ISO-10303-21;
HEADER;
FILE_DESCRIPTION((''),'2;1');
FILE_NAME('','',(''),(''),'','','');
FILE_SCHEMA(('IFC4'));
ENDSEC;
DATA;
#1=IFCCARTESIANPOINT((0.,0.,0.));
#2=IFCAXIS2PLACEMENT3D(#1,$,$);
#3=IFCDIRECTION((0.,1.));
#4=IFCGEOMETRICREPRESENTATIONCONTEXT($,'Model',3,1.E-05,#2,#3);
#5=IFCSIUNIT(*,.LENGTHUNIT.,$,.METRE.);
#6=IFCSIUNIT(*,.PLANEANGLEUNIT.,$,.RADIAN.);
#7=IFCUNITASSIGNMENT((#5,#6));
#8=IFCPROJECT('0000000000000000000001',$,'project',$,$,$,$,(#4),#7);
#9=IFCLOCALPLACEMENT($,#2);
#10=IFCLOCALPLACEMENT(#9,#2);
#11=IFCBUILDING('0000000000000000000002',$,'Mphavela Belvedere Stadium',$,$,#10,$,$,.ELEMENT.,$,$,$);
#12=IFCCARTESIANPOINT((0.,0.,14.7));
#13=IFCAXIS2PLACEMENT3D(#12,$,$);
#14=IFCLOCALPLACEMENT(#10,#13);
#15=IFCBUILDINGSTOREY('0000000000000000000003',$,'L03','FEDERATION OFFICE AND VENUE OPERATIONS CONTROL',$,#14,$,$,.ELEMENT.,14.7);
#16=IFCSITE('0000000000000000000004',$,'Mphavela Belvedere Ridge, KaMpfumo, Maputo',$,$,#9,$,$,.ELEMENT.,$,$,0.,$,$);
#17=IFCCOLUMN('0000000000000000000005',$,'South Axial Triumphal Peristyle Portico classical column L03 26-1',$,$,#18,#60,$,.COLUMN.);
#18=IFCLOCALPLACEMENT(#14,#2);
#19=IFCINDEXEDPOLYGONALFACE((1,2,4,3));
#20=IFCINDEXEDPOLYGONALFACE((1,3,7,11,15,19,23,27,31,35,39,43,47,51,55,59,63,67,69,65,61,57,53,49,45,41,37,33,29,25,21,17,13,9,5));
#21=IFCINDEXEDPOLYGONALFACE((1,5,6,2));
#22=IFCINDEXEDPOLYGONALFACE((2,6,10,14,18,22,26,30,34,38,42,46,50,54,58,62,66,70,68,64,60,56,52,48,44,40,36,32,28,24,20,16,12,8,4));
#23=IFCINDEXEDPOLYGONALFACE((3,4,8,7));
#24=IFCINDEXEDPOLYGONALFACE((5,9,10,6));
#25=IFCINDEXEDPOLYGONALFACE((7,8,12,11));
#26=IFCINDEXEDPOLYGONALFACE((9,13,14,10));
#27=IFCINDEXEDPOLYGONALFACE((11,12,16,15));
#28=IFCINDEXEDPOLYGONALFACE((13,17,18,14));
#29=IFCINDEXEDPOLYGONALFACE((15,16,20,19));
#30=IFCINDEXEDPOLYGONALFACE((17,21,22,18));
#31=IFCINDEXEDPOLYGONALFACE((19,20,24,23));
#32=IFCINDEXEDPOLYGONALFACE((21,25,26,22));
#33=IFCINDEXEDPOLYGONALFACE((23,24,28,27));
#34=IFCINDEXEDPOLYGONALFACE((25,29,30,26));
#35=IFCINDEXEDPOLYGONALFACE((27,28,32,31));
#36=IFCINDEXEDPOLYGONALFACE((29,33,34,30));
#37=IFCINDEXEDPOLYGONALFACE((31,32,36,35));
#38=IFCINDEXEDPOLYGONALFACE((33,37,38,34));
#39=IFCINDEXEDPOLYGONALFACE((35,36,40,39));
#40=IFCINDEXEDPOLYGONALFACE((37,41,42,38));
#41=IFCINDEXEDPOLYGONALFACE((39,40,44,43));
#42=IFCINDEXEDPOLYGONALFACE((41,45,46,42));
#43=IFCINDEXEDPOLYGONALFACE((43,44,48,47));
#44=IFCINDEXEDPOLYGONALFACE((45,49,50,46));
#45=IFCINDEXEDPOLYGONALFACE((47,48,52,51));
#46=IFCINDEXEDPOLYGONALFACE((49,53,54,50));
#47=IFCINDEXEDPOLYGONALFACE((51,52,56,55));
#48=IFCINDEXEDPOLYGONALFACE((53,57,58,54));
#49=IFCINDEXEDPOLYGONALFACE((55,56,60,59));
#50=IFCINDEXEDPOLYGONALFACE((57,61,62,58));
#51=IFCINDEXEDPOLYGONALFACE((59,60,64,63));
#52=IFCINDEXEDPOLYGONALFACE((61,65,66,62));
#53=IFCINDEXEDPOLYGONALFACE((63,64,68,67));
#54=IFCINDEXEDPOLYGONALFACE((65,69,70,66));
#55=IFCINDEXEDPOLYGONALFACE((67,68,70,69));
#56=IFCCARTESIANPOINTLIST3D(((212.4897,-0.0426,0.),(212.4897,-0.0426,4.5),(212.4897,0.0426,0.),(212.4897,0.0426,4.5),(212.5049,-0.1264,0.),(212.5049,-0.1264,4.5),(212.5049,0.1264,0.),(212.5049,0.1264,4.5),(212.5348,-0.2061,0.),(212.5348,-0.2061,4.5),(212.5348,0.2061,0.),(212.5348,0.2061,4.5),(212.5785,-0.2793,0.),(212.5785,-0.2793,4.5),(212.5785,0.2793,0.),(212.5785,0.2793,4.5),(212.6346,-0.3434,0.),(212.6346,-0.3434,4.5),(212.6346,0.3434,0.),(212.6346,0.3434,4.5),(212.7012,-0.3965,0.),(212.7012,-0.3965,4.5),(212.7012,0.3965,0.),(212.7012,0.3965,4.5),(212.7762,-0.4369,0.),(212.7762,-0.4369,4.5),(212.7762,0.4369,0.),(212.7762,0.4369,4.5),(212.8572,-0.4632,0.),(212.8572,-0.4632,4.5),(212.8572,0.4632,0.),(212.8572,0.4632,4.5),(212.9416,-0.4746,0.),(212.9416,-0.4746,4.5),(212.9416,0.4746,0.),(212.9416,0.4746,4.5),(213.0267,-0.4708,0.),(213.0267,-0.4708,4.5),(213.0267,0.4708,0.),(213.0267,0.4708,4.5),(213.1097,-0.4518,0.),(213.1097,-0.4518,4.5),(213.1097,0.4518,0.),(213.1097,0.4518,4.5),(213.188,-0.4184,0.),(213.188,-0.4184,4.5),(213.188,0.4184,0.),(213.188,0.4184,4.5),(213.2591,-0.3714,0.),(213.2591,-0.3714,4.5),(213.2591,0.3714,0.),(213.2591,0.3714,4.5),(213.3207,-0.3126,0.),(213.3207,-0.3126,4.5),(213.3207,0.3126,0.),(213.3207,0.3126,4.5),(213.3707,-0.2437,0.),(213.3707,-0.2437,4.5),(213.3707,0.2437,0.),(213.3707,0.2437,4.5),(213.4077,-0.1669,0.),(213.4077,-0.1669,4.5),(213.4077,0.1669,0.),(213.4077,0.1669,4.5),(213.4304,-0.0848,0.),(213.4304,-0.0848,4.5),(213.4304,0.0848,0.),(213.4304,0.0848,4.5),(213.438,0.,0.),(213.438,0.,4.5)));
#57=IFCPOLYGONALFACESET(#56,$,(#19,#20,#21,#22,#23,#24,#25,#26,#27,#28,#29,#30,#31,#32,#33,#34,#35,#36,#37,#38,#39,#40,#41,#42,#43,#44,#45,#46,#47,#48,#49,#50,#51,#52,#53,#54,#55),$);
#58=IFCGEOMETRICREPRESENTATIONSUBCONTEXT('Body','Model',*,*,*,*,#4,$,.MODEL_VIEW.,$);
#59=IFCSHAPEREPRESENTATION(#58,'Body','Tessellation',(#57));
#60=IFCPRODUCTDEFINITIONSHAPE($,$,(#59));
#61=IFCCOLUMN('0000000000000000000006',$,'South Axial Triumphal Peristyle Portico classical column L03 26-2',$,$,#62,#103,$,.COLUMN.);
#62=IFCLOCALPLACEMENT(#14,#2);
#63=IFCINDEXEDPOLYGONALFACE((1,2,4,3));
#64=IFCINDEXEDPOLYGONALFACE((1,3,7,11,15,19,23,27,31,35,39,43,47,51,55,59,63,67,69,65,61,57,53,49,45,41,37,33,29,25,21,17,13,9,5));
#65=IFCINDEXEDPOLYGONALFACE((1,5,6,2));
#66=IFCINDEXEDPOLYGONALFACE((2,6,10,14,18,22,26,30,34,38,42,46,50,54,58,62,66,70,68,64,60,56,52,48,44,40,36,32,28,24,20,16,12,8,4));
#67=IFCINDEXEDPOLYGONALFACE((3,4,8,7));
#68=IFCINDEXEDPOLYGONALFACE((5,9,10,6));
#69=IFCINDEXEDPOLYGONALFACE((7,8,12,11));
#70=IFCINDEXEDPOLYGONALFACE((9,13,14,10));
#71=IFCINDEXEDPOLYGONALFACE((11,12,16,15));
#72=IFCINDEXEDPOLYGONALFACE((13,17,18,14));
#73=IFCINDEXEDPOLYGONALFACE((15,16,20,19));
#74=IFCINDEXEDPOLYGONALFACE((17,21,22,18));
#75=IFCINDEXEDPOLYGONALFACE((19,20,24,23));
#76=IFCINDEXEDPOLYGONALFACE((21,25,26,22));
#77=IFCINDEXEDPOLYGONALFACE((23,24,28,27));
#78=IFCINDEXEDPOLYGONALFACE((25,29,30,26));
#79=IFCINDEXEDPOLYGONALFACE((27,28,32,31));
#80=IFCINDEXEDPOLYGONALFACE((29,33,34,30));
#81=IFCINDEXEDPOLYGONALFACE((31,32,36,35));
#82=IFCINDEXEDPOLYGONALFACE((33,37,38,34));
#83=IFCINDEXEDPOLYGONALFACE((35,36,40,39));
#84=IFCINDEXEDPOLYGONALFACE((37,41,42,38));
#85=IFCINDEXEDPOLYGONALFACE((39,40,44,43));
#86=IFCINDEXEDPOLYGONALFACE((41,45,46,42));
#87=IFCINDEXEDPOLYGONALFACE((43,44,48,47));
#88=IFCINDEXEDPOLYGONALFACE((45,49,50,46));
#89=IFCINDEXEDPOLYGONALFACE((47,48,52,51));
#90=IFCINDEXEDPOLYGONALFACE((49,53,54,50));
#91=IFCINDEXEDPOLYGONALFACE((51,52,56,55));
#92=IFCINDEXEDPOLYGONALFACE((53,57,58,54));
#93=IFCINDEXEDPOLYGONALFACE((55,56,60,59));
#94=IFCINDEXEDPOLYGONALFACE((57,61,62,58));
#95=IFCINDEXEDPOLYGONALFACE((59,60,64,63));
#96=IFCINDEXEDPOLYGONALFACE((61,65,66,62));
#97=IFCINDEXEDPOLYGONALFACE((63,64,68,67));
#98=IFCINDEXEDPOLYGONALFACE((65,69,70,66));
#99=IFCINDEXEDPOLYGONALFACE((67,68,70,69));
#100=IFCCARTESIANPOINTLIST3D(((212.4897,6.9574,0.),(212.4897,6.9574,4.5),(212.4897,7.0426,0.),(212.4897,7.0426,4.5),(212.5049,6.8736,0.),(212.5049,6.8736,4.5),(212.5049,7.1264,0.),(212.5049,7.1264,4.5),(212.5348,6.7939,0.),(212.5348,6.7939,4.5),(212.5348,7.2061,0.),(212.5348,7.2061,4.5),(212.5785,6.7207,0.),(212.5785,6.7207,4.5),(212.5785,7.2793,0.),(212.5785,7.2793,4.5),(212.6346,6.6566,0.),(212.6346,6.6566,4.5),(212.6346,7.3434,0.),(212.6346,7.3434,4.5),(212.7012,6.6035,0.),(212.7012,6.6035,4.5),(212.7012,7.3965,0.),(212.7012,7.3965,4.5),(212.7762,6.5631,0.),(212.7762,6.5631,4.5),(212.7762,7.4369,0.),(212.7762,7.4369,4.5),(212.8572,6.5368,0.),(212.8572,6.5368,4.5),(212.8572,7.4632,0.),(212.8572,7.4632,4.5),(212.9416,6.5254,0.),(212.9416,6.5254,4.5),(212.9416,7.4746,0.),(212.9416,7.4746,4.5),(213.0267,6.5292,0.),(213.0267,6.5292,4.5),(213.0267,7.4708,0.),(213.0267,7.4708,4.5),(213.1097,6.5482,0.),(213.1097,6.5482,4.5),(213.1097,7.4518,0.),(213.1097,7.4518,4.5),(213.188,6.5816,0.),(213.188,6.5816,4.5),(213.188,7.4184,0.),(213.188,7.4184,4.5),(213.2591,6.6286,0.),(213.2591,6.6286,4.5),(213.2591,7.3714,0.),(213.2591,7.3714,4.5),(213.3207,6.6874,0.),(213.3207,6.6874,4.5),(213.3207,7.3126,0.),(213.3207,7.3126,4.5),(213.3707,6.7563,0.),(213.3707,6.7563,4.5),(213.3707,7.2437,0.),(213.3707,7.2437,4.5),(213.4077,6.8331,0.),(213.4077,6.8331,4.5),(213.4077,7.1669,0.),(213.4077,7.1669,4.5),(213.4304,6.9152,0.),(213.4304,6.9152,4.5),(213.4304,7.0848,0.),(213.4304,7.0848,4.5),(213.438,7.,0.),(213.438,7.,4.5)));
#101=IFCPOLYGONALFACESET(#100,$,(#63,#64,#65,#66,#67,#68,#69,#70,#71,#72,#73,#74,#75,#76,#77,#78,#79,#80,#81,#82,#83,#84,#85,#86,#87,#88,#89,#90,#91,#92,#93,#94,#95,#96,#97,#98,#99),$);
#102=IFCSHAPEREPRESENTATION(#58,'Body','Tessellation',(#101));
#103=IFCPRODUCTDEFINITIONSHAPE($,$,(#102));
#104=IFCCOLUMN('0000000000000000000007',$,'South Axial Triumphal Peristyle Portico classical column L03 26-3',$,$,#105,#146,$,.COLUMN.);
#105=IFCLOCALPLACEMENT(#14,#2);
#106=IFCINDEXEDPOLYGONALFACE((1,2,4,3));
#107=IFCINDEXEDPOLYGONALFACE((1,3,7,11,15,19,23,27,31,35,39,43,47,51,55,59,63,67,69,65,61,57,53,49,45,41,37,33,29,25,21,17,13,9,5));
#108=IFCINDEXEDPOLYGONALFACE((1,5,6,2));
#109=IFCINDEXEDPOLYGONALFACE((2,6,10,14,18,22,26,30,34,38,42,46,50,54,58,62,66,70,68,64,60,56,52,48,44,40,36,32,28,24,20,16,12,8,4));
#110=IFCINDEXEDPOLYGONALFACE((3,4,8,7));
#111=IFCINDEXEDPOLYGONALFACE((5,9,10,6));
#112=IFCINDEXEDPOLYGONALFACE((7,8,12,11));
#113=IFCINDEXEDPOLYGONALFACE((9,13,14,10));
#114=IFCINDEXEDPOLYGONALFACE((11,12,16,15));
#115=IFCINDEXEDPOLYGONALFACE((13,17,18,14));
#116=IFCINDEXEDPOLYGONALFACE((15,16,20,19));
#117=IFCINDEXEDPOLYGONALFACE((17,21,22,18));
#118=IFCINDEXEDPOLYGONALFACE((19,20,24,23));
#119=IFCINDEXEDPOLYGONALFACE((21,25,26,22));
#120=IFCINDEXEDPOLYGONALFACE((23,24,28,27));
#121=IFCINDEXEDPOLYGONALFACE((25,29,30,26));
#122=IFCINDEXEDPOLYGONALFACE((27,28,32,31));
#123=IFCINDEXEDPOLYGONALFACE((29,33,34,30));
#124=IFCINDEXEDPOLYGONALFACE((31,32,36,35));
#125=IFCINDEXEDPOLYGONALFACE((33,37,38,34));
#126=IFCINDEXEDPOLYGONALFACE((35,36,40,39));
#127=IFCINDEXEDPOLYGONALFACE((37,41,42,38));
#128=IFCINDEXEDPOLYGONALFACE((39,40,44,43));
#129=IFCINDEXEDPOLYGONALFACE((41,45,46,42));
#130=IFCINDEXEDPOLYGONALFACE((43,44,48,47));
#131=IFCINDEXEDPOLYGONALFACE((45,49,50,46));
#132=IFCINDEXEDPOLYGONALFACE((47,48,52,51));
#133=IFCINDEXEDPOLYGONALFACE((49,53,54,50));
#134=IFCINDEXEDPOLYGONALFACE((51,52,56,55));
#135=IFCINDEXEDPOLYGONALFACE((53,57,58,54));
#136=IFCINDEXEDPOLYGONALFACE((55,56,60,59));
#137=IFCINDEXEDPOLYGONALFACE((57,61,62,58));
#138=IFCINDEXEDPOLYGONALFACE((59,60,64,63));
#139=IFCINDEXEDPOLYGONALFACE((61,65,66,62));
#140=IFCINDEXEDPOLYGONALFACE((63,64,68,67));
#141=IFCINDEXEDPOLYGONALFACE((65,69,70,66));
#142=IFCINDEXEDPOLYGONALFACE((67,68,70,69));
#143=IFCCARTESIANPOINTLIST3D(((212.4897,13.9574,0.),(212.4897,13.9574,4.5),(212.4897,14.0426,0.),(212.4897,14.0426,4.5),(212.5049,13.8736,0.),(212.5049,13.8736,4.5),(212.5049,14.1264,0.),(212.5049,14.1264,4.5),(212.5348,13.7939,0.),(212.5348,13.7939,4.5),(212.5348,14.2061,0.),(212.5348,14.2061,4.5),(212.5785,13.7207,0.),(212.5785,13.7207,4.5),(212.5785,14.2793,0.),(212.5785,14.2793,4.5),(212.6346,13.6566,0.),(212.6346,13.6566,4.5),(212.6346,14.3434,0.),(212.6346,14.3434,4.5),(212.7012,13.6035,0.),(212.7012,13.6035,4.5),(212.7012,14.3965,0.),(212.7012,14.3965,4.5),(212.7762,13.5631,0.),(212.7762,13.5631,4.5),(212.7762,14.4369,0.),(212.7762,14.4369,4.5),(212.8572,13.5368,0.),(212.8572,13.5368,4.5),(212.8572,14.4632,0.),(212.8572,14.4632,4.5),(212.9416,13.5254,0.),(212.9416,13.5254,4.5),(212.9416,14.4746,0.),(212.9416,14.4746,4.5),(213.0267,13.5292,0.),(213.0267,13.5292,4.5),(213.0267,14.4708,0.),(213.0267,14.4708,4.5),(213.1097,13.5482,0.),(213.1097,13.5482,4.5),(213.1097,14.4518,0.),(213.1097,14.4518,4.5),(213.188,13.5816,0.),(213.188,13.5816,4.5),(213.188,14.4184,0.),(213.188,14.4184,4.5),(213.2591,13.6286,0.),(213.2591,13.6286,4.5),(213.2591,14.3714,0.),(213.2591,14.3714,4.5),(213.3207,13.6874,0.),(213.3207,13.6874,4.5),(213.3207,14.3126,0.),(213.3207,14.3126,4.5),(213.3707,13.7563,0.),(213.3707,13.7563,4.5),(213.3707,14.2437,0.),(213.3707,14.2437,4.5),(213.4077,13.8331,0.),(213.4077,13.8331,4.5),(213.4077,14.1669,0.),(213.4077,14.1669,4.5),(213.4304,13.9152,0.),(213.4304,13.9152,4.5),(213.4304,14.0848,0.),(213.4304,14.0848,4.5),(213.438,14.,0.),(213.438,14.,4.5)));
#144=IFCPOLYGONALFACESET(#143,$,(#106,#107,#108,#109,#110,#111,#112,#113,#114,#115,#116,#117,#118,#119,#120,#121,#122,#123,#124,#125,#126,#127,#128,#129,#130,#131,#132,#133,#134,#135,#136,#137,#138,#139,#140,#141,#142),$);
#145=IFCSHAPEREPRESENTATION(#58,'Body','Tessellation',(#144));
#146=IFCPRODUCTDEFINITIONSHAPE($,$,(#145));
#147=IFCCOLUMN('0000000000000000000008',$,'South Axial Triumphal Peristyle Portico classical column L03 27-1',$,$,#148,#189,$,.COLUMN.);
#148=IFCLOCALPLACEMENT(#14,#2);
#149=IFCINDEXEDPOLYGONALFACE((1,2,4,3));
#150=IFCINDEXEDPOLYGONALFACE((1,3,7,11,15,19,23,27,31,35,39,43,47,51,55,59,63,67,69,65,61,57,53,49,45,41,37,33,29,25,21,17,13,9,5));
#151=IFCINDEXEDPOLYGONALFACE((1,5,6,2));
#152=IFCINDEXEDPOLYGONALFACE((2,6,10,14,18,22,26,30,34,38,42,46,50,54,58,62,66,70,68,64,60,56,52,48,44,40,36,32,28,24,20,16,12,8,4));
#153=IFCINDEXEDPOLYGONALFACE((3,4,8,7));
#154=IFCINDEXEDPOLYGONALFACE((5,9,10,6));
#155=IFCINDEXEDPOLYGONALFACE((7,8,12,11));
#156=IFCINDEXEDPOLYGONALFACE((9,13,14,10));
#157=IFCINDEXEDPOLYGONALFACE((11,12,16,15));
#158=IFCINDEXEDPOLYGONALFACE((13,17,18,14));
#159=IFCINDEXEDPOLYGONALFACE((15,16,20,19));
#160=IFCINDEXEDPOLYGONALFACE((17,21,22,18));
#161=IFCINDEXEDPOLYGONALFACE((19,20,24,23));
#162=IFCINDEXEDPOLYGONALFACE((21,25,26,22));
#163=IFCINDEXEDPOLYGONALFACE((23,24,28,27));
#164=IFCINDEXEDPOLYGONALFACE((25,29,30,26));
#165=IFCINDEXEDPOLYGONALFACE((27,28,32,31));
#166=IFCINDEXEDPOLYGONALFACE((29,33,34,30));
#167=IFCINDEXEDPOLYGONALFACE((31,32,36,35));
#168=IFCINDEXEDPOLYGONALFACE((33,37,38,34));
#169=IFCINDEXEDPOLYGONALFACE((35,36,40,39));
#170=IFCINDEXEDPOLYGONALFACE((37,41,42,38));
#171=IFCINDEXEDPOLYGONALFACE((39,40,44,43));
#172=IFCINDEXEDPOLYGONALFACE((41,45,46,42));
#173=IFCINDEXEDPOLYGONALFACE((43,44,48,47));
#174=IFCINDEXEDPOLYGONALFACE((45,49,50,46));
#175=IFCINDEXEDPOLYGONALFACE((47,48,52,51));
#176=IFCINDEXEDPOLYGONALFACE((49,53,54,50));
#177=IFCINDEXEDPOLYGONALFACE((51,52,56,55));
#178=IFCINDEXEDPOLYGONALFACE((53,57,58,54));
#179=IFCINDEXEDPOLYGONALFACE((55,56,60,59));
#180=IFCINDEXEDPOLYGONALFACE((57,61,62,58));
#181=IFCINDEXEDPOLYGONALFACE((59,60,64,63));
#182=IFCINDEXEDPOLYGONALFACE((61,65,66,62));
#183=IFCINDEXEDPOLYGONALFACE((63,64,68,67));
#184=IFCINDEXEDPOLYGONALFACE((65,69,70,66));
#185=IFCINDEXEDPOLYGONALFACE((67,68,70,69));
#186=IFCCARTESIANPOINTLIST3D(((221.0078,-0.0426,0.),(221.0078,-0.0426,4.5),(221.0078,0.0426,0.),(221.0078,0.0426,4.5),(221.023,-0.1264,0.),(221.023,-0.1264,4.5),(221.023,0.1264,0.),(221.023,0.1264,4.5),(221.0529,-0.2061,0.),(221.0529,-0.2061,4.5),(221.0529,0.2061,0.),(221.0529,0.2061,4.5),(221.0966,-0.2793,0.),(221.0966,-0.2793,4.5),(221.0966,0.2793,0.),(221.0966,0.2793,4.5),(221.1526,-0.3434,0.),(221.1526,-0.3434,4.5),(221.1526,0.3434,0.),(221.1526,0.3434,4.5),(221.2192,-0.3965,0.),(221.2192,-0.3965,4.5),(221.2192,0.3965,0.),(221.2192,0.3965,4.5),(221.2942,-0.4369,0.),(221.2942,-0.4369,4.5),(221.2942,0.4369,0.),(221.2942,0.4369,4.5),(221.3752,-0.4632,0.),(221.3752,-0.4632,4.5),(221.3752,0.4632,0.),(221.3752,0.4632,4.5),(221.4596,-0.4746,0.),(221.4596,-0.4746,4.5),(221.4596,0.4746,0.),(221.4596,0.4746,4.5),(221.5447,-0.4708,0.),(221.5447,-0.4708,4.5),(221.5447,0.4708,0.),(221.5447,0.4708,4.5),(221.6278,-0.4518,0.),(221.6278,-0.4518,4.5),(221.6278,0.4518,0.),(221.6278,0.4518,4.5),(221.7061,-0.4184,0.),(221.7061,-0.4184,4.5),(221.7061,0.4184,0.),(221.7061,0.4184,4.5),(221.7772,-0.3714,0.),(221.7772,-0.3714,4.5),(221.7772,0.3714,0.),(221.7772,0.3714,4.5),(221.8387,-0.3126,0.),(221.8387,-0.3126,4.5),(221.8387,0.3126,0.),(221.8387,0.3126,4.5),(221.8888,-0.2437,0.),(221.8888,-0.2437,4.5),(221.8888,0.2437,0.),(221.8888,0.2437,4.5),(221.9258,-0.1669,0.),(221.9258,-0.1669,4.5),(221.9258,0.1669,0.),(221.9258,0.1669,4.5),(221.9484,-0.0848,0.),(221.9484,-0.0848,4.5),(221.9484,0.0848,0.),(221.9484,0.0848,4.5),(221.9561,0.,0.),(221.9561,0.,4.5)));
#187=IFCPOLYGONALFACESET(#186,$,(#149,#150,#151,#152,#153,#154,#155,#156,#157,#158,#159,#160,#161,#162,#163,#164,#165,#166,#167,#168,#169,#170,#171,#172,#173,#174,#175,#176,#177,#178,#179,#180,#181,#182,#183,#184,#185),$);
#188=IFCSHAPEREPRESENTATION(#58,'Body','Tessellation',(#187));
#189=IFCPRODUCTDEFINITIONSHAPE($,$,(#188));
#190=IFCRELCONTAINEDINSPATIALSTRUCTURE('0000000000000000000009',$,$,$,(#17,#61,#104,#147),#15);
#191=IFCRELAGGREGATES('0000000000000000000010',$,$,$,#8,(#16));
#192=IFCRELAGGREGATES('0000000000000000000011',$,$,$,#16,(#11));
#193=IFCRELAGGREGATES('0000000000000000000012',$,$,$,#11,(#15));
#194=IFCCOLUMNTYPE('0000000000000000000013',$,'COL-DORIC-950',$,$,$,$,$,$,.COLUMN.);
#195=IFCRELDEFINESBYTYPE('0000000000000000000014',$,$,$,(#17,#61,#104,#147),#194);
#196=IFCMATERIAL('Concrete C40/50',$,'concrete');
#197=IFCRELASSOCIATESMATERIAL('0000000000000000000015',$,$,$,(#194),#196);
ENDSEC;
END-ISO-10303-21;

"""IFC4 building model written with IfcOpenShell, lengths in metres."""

from ifc_helpers import new_model, si_unit, direction, frame, origin, origin_2d, place, context, subcontext, project, spatial, circle, extrude, material, material_profile, profile_set, type_object, element, save


model = new_model("IFC4")

# Units and contexts
model_context = context("Model", 3, precision=1e-05, world=origin(), true_north=direction((0.0, 1.0)))
body_context = subcontext(model_context, "Body", "Model", "MODEL_VIEW")
ifc_project = project(units=[si_unit("LENGTHUNIT", "METRE"), si_unit("PLANEANGLEUNIT", "RADIAN")], contexts=[model_context])

# Site, building, storey
site_placement = place(None, origin())
site = spatial("IfcSite", under=ifc_project, at=site_placement, Name="Mphavela Belvedere Ridge, KaMpfumo, Maputo", CompositionType="ELEMENT", RefElevation=0.0)
building_placement = place(site_placement, origin())
building = spatial("IfcBuilding", under=site, at=building_placement, Name="Mphavela Belvedere Stadium", CompositionType="ELEMENT")
storey_placement = place(building_placement, frame((0.0, 0.0, 14.7)))
storey = spatial("IfcBuildingStorey", under=building, at=storey_placement, Name="L03", Description="FEDERATION OFFICE AND VENUE OPERATIONS CONTROL", CompositionType="ELEMENT", Elevation=14.7)

# Columns
ifc_material_1 = material(Name="Concrete C40/50", Category="concrete")
ifc_material_profile_1 = material_profile(ifc_material_1, circle(Radius=0.4751, at=origin_2d()), Name="COL D950")
ifc_profile_set_1 = profile_set([ifc_material_profile_1], Name="Concrete C40/50")
column_type = type_object("IfcColumnType", Name="COL-DORIC-950", PredefinedType="COLUMN", material=ifc_profile_set_1)
for number, where, z_axis, x_axis, name in (
    (1, (212.9629, 0.0, 0.0), (0.0, 0.0, 1.0), (1.0, 0.0, 0.0), "South Axial Triumphal Peristyle Portico classical column L03 26-1"),
    (2, (212.9629, 7.0, 0.0), (0.0, 0.0, 1.0), (1.0, 0.0, 0.0), "South Axial Triumphal Peristyle Portico classical column L03 26-2"),
    (3, (212.9629, 14.0, 0.0), (0.0, 0.0, 1.0), (1.0, 0.0, 0.0), "South Axial Triumphal Peristyle Portico classical column L03 26-3"),
    (4, (221.481, 0.0, 0.0), (0.0, 0.0, 1.0), (1.0, 0.0, 0.0), "South Axial Triumphal Peristyle Portico classical column L03 27-1"),
):
    element("IfcColumn", number, at=place(storey_placement, frame(where, z_axis=z_axis, x_axis=x_axis)), inside=storey, type_object=column_type, Name=name, PredefinedType="COLUMN", context=body_context, shape_type="SweptSolid", body=[
        extrude(circle(Radius=0.4751, at=origin_2d()), origin(), (0.0, 0.0, 1.0), 4.5),
    ])

save(model, "model.ifc")
